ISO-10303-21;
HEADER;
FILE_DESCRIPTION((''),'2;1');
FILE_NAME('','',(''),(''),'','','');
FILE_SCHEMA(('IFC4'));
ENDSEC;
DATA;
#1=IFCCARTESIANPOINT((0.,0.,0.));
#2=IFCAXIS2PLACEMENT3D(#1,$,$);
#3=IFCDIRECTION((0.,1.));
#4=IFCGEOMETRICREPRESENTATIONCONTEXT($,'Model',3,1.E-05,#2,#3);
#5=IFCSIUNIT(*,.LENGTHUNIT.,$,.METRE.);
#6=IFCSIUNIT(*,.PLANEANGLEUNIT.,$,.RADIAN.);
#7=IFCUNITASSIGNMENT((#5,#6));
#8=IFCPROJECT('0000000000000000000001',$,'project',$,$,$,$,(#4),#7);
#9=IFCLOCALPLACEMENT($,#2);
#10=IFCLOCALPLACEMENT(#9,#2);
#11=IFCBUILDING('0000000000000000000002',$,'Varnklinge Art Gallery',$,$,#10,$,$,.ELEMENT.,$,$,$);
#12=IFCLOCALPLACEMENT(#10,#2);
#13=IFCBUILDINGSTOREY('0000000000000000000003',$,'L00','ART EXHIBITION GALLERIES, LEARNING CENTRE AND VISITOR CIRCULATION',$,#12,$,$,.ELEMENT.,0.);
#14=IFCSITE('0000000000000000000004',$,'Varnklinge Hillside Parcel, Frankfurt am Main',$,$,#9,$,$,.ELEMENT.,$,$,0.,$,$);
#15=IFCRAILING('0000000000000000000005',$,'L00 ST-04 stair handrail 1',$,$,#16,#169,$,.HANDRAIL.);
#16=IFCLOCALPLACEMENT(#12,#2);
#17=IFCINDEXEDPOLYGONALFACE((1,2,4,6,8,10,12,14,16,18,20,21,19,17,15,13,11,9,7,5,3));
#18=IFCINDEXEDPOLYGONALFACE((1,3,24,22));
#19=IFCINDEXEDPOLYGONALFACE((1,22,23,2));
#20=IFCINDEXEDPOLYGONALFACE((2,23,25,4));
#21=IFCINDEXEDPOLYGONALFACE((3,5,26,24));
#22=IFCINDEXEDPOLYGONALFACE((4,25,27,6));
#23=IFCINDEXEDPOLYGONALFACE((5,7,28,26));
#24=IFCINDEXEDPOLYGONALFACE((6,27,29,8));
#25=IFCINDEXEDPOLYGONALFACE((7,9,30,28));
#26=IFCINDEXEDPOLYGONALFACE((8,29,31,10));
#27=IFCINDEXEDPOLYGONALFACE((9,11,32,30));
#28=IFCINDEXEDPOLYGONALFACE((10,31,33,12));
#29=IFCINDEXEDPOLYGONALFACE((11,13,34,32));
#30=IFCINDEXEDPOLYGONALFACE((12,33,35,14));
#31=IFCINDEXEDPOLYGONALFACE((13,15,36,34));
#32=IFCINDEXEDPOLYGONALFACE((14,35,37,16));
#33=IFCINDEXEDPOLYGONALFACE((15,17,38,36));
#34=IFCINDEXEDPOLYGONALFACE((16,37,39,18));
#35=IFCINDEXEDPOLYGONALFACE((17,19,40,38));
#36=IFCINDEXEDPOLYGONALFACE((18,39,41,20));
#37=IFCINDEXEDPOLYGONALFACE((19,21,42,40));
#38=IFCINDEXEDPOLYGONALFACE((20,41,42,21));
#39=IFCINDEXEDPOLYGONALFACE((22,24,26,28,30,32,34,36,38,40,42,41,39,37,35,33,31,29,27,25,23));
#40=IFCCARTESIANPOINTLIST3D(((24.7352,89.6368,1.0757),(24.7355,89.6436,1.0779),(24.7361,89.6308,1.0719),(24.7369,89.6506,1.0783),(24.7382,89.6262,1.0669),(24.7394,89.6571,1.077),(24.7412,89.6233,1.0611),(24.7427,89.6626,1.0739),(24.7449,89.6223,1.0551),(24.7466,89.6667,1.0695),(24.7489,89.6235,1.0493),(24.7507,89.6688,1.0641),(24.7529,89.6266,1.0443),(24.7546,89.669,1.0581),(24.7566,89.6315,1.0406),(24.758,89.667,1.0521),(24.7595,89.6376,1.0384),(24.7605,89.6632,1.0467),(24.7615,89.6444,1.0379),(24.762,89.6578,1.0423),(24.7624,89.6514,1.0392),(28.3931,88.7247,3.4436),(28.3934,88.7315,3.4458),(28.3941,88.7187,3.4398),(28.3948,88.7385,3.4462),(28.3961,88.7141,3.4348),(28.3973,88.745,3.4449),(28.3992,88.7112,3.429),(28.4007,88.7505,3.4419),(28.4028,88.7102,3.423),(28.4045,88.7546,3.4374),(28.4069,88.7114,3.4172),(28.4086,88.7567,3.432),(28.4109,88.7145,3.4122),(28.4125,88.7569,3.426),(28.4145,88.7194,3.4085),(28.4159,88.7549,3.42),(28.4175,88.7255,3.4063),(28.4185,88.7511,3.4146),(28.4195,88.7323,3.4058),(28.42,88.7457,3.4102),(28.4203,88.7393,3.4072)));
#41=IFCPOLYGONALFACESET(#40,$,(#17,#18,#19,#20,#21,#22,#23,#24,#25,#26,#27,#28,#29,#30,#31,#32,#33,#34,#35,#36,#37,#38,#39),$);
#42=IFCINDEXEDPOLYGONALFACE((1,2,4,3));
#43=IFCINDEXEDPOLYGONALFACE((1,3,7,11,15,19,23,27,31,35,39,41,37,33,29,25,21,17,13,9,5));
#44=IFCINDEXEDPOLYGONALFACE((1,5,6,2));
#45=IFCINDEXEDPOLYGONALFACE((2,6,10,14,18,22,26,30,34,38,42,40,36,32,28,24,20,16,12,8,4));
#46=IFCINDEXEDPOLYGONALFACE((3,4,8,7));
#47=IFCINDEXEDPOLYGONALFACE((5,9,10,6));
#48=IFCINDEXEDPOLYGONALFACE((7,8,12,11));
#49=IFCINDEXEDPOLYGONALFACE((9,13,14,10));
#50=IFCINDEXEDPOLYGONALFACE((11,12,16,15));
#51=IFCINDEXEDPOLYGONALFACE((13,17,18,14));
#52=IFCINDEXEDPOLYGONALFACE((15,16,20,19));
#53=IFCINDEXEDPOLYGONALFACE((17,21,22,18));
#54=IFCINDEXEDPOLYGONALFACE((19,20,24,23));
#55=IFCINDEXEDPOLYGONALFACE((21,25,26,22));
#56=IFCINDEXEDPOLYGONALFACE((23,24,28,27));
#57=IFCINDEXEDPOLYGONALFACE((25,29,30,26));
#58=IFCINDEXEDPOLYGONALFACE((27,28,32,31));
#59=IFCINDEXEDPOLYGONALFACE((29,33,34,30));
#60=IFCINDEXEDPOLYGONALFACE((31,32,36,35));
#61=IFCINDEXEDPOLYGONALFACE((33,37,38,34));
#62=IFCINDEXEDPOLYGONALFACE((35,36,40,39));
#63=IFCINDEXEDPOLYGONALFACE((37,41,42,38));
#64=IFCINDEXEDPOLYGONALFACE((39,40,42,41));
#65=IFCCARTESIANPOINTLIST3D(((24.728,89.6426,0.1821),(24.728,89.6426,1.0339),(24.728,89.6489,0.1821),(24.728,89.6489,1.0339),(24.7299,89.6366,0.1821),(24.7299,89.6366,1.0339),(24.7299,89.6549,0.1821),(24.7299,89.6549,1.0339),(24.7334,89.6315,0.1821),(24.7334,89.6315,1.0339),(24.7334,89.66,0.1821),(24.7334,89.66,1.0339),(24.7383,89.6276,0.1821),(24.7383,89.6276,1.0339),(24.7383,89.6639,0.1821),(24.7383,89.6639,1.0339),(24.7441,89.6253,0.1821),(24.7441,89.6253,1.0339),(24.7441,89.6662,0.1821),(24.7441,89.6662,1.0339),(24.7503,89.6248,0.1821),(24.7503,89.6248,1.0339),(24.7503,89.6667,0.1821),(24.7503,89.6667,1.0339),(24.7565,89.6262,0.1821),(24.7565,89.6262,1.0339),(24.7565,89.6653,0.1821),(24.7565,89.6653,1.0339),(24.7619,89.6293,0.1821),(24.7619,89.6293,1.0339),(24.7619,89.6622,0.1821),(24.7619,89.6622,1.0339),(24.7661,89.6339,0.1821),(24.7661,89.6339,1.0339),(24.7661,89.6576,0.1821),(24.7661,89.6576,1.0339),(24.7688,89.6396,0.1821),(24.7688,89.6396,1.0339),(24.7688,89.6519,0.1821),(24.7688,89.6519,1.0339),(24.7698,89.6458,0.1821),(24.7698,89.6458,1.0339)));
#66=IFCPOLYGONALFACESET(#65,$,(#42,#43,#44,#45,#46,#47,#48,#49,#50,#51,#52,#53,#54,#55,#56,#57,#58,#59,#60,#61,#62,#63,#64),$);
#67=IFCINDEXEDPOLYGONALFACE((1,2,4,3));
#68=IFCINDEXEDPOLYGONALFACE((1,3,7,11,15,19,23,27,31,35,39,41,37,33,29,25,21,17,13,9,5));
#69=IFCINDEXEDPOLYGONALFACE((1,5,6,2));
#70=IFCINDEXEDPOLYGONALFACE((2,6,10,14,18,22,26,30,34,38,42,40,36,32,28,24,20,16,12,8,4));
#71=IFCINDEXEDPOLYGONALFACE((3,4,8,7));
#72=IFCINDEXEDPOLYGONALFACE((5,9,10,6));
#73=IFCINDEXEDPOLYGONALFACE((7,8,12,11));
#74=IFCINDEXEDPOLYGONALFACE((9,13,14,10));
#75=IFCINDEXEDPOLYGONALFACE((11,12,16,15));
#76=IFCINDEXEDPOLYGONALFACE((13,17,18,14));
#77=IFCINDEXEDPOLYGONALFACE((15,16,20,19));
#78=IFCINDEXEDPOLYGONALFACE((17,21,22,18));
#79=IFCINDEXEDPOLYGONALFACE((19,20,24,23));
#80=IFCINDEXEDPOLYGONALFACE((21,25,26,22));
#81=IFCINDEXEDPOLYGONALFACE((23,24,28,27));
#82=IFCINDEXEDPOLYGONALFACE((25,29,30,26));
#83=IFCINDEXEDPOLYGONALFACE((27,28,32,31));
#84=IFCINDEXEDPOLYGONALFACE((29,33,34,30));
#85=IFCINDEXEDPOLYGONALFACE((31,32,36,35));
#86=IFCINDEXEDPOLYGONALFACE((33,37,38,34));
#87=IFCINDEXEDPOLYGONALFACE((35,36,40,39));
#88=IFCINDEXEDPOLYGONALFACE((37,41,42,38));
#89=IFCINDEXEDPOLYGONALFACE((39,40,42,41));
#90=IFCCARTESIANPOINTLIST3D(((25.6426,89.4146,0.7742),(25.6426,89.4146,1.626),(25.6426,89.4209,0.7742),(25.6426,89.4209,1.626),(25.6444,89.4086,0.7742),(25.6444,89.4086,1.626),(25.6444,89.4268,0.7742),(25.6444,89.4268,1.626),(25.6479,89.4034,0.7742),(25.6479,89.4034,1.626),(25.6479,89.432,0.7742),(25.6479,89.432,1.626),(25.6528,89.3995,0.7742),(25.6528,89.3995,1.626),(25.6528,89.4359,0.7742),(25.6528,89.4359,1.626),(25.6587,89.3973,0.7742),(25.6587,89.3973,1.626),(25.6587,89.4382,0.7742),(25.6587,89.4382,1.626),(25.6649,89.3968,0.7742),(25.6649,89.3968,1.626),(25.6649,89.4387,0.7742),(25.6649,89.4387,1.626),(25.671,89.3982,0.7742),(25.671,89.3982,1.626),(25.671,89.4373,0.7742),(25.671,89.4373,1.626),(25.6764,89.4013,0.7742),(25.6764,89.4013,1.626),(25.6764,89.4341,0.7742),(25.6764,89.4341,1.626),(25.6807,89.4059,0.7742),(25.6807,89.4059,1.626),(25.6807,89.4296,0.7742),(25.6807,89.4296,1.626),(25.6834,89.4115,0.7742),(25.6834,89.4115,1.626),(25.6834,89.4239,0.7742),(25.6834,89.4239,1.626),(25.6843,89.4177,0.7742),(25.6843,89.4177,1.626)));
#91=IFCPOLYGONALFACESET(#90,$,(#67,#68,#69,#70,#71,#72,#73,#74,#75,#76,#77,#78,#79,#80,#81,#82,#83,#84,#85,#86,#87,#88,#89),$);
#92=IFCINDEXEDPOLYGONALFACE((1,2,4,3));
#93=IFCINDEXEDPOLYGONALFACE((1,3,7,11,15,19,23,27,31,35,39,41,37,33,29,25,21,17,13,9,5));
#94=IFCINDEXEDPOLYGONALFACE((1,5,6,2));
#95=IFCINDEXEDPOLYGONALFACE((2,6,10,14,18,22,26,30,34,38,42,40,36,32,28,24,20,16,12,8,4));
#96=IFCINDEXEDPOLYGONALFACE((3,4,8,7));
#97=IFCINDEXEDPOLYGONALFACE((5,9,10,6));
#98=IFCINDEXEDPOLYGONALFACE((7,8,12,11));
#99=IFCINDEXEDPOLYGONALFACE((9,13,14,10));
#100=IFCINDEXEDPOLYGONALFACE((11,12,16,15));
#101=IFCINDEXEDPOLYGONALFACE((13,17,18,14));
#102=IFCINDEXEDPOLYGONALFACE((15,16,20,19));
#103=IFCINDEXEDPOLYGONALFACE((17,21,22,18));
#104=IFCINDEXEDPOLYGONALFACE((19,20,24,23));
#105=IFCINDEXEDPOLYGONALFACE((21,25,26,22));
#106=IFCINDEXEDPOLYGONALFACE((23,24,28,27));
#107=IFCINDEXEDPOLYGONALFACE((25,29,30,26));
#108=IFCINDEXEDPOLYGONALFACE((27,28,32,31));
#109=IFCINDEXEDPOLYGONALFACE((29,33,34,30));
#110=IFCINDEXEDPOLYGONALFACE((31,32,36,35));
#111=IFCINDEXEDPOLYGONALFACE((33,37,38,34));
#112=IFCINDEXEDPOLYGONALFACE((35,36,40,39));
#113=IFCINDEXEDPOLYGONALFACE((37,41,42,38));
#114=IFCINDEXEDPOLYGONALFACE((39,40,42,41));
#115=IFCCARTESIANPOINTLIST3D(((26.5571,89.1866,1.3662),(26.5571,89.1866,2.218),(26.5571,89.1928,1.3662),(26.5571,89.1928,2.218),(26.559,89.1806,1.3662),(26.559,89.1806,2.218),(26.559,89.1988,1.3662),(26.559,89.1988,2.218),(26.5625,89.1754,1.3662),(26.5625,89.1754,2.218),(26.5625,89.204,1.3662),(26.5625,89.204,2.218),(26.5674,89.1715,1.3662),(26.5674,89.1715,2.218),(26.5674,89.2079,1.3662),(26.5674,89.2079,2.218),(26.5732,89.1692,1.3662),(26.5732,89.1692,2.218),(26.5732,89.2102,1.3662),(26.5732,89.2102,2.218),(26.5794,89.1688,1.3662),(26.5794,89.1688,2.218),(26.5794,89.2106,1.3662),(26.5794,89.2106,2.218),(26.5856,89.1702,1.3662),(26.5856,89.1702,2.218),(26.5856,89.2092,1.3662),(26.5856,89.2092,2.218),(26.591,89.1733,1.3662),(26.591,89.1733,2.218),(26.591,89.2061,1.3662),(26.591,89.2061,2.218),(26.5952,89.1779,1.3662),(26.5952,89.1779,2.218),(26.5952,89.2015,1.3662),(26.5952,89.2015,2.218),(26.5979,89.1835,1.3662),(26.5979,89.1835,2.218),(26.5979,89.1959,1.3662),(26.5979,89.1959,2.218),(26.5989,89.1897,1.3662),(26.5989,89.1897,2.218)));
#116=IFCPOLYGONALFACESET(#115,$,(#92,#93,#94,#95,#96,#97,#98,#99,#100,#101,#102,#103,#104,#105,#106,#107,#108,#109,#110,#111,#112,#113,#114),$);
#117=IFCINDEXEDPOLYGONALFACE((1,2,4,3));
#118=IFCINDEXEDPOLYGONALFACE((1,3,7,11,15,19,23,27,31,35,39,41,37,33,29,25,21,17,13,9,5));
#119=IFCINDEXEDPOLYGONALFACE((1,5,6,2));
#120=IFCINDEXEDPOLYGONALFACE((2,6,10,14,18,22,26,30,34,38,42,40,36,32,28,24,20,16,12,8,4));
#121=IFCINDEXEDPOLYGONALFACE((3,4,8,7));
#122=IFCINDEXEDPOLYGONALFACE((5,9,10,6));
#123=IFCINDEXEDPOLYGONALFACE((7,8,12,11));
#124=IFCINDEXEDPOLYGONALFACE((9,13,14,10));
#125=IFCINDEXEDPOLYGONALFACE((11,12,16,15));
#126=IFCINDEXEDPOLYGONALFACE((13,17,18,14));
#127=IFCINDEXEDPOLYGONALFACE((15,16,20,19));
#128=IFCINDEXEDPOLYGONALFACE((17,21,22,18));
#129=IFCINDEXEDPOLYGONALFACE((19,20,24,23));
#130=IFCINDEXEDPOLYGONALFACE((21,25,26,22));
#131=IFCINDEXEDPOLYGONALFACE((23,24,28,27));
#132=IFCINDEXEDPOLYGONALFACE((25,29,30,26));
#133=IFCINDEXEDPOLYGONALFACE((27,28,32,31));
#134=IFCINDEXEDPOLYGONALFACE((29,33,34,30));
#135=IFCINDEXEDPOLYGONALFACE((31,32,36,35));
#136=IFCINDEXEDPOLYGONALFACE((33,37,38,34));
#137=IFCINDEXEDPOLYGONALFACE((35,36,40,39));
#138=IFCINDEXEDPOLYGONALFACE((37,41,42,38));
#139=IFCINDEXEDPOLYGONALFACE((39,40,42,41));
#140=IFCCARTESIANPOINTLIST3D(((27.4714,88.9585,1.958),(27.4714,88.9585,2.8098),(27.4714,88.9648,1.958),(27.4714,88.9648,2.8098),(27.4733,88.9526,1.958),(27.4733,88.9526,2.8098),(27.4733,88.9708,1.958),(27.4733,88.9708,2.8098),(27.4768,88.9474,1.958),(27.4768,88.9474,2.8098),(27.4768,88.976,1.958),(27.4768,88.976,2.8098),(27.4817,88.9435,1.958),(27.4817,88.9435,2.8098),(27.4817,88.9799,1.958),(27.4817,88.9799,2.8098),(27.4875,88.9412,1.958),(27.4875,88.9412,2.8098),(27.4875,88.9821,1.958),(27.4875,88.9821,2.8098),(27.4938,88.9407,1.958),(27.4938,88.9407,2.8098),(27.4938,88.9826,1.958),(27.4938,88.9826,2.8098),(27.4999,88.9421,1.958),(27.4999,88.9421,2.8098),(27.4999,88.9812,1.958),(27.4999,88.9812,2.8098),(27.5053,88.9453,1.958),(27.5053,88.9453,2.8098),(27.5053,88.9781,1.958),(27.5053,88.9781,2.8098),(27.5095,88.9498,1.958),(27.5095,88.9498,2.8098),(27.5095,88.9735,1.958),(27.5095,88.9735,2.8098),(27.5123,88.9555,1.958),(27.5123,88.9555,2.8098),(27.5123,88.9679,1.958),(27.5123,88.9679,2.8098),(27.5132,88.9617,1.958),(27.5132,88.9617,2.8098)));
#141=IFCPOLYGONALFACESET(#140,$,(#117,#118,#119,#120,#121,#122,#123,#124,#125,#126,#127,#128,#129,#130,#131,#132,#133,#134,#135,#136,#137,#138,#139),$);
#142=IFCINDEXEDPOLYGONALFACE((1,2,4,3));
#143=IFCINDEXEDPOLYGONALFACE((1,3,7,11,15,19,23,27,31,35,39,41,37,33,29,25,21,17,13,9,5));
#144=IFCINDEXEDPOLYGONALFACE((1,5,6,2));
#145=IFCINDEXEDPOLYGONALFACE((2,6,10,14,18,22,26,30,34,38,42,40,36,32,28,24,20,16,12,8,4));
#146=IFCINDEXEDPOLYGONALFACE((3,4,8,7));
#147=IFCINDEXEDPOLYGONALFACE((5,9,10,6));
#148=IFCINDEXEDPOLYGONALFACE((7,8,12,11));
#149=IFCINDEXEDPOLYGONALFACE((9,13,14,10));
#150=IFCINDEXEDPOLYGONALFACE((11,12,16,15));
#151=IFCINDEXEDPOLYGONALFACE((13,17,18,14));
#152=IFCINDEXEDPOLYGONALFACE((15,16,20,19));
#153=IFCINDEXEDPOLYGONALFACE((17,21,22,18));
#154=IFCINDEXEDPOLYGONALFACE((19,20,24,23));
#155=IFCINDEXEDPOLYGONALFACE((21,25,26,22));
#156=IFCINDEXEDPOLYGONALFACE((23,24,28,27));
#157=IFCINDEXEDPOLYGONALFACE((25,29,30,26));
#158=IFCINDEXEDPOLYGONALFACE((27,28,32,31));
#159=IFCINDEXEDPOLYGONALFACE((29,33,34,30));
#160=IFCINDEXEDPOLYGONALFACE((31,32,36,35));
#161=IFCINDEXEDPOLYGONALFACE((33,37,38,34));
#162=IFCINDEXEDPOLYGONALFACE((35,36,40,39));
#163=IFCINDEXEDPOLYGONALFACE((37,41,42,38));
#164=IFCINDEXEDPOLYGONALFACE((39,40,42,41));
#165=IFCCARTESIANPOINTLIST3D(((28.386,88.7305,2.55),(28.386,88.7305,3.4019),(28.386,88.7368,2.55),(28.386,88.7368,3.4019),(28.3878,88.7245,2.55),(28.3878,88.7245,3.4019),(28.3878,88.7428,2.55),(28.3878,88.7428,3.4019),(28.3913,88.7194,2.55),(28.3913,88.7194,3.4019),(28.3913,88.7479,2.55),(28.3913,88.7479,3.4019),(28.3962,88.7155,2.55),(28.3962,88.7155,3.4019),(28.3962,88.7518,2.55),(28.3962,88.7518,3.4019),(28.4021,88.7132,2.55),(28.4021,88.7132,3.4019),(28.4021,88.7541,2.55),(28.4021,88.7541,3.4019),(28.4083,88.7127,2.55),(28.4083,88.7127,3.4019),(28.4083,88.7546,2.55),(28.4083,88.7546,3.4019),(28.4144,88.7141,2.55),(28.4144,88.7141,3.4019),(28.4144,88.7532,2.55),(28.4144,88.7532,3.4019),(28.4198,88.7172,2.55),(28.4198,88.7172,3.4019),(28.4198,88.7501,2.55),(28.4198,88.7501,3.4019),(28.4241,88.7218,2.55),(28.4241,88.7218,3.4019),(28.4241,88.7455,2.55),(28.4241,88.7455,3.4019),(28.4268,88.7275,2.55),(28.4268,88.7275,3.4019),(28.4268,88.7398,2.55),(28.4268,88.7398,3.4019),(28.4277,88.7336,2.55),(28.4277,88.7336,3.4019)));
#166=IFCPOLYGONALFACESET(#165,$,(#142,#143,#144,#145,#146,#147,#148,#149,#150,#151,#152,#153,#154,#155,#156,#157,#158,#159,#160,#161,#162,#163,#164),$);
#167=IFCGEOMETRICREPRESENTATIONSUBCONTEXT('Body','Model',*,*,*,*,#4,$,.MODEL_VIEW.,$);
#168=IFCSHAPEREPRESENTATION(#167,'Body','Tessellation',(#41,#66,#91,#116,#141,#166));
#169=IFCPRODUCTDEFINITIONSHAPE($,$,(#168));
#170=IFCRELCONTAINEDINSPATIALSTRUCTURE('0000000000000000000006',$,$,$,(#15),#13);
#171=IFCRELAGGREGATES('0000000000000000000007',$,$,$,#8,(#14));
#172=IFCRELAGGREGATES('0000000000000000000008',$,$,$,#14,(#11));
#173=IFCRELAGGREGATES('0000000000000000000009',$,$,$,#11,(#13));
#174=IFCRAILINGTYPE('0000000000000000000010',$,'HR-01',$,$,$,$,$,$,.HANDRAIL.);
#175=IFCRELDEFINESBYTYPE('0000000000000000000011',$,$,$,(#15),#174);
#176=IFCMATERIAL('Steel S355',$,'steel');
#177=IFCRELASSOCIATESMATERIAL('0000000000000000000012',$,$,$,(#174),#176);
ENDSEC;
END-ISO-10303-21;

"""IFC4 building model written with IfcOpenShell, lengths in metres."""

from ifc_helpers import new_model, si_unit, direction, frame, origin, origin_2d, place, context, subcontext, project, spatial, circle, extrude, material, type_object, element, save


model = new_model("IFC4")

# Units and contexts
model_context = context("Model", 3, precision=1e-05, world=origin(), true_north=direction((0.0, 1.0)))
body_context = subcontext(model_context, "Body", "Model", "MODEL_VIEW")
ifc_project = project(units=[si_unit("LENGTHUNIT", "METRE"), si_unit("PLANEANGLEUNIT", "RADIAN")], contexts=[model_context])

# Site, building, storey
site_placement = place(None, origin())
site = spatial("IfcSite", under=ifc_project, at=site_placement, Name="Varnklinge Hillside Parcel, Frankfurt am Main", CompositionType="ELEMENT", RefElevation=0.0)
building_placement = place(site_placement, origin())
building = spatial("IfcBuilding", under=site, at=building_placement, Name="Varnklinge Art Gallery", CompositionType="ELEMENT")
storey_placement = place(building_placement, origin())
storey = spatial("IfcBuildingStorey", under=building, at=storey_placement, Name="L00", Description="ART EXHIBITION GALLERIES, LEARNING CENTRE AND VISITOR CIRCULATION", CompositionType="ELEMENT", Elevation=0.0)

# Railing
ifc_material_1 = material(Name="Steel S355", Category="steel")
railing_type_1 = type_object("IfcRailingType", Name="HR-01", PredefinedType="HANDRAIL", material=ifc_material_1)
railing_1_placement = place(storey_placement, frame((24.7488, 89.6458, 0.1821)))
element("IfcRailing", 1, at=railing_1_placement, inside=storey, type_object=railing_type_1, Name="L00 ST-04 stair handrail 1", PredefinedType="HANDRAIL", context=body_context, shape_type="SweptSolid", body=[
    extrude(circle(Radius=0.0239, at=origin_2d()), frame((0.0, 0.0, 0.876), z_axis=(0.821657, -0.20488, 0.531887), x_axis=(0.241941, 0.970291, 0.0)), (0.0, 0.0, 1.0), 4.4519),
    extrude(circle(Radius=0.021, at=origin_2d()), origin(), (0.0, 0.0, 1.0), 0.8518),
    extrude(circle(Radius=0.021, at=origin_2d()), frame((0.9146, -0.228, 0.592)), (0.0, 0.0, 1.0), 0.8518),
    extrude(circle(Radius=0.021, at=origin_2d()), frame((1.8291, -0.4561, 1.1841)), (0.0, 0.0, 1.0), 0.8518),
    extrude(circle(Radius=0.021, at=origin_2d()), frame((2.7434, -0.6841, 1.7759)), (0.0, 0.0, 1.0), 0.8518),
    extrude(circle(Radius=0.021, at=origin_2d()), frame((3.658, -0.9121, 2.3679)), (0.0, 0.0, 1.0), 0.8518),
])

save(model, "model.ifc")
